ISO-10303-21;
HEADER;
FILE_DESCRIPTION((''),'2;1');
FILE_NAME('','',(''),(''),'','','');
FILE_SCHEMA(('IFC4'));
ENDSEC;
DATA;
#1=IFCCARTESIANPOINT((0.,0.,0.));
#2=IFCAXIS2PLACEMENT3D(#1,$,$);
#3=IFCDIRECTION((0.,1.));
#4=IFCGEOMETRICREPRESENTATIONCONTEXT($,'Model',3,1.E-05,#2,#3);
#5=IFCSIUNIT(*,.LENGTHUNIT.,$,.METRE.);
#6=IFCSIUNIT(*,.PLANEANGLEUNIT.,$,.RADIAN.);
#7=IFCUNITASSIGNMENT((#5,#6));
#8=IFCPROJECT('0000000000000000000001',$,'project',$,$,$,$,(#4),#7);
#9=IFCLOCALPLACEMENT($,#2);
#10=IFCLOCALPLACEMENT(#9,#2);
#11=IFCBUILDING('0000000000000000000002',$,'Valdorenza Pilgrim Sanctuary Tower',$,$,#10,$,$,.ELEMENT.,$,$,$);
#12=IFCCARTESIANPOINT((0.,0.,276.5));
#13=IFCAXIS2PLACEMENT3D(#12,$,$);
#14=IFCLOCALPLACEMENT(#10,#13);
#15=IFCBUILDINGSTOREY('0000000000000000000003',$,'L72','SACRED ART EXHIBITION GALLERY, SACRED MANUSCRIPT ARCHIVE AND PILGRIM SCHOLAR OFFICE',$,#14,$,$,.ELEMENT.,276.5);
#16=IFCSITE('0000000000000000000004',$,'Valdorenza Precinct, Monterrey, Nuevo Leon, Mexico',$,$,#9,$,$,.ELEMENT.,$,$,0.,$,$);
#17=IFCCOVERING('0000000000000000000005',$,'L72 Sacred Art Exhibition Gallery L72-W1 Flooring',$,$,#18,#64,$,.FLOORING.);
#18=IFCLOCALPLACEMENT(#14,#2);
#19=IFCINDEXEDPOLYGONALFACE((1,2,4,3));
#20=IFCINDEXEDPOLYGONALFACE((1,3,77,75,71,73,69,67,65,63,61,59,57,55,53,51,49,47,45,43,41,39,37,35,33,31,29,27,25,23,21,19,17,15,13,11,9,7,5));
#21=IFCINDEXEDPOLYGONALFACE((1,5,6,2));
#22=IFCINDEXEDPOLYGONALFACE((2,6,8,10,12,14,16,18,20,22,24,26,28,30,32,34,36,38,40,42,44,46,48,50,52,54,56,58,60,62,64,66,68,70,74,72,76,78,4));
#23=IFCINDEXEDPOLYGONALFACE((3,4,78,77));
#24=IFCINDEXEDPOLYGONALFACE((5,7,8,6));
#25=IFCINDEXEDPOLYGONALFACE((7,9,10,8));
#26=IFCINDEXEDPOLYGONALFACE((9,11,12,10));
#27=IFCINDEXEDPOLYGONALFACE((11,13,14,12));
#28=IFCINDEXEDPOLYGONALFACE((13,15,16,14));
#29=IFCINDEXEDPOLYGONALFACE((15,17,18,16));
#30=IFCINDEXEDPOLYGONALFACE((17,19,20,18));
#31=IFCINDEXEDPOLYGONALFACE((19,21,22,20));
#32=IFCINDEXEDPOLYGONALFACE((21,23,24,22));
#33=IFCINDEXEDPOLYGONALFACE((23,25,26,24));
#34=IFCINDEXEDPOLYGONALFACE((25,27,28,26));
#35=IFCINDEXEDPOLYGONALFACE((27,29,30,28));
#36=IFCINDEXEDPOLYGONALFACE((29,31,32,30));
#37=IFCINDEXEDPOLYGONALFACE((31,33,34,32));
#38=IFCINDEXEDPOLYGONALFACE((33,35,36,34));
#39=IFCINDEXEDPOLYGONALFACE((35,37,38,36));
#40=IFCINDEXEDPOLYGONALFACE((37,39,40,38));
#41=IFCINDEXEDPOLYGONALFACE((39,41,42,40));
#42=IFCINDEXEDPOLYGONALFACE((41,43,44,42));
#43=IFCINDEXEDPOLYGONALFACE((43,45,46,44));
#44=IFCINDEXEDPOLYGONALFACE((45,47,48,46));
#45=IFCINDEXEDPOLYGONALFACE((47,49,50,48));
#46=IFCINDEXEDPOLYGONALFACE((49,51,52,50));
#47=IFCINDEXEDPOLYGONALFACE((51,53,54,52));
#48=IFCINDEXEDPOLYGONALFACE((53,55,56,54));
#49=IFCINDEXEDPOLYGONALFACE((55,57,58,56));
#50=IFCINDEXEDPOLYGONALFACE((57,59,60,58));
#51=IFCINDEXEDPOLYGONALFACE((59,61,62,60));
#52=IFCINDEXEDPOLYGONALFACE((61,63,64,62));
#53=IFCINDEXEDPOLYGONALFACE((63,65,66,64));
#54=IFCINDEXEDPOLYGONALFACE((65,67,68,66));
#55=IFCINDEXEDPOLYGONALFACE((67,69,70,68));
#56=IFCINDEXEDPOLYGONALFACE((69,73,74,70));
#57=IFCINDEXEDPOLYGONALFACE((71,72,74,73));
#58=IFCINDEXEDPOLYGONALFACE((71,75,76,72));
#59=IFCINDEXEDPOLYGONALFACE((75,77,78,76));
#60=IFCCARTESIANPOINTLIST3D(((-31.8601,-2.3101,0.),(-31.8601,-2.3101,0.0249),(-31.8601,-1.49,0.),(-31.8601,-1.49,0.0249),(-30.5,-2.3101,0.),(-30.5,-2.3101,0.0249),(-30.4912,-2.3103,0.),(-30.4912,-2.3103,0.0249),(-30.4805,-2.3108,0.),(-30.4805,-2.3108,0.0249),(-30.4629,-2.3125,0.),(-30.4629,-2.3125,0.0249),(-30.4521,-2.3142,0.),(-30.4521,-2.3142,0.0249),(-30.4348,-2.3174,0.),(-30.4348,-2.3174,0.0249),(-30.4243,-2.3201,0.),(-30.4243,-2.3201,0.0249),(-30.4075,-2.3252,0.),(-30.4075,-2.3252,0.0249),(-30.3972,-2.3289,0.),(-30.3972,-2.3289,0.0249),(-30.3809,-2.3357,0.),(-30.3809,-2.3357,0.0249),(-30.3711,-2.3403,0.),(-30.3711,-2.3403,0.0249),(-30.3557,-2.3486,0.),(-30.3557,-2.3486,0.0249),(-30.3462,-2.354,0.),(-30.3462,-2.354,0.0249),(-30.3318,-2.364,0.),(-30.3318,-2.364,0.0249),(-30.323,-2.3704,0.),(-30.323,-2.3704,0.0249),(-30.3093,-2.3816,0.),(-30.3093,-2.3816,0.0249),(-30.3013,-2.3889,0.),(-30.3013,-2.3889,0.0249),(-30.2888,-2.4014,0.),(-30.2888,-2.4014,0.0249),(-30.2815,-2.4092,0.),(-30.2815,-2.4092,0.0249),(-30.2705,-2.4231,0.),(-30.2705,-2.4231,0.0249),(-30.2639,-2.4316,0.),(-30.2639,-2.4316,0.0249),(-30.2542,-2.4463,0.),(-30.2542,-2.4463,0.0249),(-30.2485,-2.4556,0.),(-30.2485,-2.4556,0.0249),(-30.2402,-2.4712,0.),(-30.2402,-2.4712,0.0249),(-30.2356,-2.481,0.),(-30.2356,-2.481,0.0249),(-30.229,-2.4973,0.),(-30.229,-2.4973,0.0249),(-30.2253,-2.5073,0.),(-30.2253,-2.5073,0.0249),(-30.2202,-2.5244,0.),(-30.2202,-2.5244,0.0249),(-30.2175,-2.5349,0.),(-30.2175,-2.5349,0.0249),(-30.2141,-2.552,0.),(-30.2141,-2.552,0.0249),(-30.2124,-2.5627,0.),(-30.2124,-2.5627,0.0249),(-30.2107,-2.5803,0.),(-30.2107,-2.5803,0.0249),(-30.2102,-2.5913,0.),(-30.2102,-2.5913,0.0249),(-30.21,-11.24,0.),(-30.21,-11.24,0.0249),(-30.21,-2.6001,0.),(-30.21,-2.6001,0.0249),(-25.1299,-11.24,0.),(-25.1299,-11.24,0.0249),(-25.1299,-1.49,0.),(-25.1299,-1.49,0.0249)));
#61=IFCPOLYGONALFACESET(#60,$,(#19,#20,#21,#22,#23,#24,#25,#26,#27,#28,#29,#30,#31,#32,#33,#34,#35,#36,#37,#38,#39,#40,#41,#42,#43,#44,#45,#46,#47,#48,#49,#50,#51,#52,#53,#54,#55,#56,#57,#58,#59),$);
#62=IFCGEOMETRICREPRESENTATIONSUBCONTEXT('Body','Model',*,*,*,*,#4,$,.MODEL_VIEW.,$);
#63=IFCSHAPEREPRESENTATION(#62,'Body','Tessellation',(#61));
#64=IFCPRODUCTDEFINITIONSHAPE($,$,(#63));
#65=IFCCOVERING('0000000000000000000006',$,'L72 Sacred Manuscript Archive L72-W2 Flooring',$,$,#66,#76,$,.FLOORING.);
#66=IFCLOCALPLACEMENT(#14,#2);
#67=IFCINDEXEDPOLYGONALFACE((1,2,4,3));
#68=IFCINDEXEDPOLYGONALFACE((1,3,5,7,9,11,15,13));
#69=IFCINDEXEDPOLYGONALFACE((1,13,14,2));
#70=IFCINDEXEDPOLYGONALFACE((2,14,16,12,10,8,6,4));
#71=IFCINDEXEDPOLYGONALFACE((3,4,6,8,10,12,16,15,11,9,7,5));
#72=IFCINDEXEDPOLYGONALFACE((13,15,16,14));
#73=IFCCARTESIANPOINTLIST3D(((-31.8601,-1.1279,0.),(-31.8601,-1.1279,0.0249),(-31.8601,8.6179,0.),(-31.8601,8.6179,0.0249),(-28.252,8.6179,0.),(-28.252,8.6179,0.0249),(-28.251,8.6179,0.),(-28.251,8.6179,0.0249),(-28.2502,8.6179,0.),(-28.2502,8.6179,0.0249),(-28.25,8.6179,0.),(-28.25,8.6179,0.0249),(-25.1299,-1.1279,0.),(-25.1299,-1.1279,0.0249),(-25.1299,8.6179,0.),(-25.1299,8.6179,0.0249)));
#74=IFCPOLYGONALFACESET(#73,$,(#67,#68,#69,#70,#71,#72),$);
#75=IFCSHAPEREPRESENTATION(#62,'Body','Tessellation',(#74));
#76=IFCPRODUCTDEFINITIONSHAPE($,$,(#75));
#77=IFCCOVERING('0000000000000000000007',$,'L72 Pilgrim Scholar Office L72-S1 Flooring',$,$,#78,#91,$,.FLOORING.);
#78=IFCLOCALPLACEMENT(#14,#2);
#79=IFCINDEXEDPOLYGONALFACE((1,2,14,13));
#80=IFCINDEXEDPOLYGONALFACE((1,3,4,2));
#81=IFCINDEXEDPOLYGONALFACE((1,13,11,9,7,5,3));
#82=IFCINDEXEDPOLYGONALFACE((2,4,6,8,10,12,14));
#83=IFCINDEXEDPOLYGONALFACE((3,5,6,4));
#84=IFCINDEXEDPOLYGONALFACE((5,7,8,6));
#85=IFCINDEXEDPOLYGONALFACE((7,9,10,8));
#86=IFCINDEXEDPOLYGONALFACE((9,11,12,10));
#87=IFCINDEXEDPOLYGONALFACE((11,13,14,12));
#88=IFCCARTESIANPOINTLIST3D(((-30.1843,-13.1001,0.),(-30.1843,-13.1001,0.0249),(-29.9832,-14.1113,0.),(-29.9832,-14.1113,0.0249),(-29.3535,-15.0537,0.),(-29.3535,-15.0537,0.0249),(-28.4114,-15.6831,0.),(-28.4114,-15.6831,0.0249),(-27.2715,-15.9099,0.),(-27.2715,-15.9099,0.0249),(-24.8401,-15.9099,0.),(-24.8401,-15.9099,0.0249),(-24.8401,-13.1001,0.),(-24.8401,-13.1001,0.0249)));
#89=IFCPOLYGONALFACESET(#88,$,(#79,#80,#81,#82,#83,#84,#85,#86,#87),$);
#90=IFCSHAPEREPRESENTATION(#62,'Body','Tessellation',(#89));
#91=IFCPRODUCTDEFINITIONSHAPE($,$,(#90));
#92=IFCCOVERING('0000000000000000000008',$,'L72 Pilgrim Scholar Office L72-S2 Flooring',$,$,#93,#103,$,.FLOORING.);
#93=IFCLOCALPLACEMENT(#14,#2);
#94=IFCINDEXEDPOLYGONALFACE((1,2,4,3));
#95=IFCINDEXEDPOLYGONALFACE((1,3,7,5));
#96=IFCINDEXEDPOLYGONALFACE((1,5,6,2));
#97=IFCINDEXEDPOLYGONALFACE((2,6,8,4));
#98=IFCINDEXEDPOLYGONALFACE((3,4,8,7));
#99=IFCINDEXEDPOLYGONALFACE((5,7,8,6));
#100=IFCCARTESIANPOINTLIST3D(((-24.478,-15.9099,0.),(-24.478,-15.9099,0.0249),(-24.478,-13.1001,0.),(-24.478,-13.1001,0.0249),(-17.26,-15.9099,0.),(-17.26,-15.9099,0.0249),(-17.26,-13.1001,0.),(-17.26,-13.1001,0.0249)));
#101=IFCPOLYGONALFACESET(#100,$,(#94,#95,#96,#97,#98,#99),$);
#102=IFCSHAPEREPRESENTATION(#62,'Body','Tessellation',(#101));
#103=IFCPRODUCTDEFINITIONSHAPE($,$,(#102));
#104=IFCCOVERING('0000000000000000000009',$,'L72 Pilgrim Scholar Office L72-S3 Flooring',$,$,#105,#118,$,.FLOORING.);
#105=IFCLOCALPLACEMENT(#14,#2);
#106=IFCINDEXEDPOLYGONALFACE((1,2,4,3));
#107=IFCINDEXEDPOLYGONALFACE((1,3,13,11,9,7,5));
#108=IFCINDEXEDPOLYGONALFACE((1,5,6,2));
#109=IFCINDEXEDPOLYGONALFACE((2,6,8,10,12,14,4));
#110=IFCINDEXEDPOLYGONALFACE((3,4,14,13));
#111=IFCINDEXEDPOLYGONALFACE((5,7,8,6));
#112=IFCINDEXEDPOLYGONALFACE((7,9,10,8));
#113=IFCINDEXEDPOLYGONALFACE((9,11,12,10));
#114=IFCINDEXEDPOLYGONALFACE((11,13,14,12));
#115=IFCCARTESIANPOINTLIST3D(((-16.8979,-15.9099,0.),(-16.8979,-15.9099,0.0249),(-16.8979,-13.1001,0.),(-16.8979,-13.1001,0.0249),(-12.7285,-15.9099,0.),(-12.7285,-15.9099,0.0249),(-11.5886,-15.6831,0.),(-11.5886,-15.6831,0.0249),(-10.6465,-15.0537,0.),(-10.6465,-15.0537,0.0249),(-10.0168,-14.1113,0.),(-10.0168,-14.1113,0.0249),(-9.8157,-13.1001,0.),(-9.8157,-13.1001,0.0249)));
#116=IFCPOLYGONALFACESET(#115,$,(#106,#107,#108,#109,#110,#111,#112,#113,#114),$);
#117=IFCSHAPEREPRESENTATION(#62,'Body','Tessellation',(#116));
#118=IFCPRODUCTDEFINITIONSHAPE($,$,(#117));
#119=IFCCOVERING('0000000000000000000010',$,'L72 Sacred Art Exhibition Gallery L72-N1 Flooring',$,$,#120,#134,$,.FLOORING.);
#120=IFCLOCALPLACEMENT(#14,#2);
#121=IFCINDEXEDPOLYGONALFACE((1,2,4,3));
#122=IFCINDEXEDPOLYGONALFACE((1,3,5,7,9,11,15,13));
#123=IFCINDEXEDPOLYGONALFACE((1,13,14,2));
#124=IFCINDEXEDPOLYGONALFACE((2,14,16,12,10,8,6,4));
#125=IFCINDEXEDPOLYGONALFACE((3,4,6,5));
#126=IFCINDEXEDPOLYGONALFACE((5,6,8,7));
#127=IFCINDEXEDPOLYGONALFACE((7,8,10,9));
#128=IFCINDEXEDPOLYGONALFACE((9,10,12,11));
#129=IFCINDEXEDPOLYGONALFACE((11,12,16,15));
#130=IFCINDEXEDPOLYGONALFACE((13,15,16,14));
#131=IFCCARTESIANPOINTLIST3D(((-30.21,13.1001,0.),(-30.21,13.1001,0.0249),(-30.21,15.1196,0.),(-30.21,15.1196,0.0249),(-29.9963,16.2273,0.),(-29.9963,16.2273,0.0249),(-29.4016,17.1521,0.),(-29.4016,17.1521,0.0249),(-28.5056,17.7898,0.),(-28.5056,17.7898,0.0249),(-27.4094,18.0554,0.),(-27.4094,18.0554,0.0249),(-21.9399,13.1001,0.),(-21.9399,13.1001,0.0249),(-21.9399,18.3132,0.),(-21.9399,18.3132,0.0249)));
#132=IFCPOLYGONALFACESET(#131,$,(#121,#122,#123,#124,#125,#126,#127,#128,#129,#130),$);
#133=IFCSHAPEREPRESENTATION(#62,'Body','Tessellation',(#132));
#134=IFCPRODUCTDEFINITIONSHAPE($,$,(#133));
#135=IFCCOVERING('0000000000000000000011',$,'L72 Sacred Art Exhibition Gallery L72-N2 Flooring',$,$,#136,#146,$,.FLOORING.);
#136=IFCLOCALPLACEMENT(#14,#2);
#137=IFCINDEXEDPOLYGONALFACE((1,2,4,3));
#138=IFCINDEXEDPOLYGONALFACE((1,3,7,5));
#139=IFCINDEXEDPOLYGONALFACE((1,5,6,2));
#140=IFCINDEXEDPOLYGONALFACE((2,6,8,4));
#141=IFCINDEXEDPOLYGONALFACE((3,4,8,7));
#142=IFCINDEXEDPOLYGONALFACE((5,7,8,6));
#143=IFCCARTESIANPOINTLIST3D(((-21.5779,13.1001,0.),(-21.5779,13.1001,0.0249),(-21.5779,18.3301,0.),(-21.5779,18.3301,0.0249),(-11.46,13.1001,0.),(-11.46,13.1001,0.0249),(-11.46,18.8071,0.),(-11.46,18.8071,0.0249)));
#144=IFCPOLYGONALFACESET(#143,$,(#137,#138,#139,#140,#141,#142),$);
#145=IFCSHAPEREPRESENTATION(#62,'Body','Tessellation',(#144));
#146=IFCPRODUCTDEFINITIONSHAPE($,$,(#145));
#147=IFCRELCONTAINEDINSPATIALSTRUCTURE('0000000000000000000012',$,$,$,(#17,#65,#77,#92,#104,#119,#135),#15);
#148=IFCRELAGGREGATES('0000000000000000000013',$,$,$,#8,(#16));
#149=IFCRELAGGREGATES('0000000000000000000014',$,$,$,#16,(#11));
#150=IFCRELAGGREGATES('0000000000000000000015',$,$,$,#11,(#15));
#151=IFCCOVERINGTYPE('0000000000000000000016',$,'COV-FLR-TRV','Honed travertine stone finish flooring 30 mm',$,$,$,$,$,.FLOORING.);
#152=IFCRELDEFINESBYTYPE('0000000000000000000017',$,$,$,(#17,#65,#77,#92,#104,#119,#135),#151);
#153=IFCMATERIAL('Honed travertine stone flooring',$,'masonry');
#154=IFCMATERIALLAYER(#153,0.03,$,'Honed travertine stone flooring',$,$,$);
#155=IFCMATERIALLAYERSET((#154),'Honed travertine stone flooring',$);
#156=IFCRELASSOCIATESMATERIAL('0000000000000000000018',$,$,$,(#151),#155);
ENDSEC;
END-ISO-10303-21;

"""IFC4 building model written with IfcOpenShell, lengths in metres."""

from ifc_helpers import new_model, si_unit, direction, frame, origin, place, context, subcontext, project, spatial, polyline, outline, extrude, material, layer, layer_set, type_object, element, save


model = new_model("IFC4")

# Units and contexts
model_context = context("Model", 3, precision=1e-05, world=origin(), true_north=direction((0.0, 1.0)))
body_context = subcontext(model_context, "Body", "Model", "MODEL_VIEW")
ifc_project = project(units=[si_unit("LENGTHUNIT", "METRE"), si_unit("PLANEANGLEUNIT", "RADIAN")], contexts=[model_context])

# Site, building, storey
site_placement = place(None, origin())
site = spatial("IfcSite", under=ifc_project, at=site_placement, Name="Valdorenza Precinct, Monterrey, Nuevo Leon, Mexico", CompositionType="ELEMENT", RefElevation=0.0)
building_placement = place(site_placement, origin())
building = spatial("IfcBuilding", under=site, at=building_placement, Name="Valdorenza Pilgrim Sanctuary Tower", CompositionType="ELEMENT")
storey_placement = place(building_placement, frame((0.0, 0.0, 276.5)))
storey = spatial("IfcBuildingStorey", under=building, at=storey_placement, Name="L72", Description="SACRED ART EXHIBITION GALLERY, SACRED MANUSCRIPT ARCHIVE AND PILGRIM SCHOLAR OFFICE", CompositionType="ELEMENT", Elevation=276.5)

# Coverings
ifc_material_1 = material(Name="Honed travertine stone flooring", Category="masonry")
ifc_layer_1 = layer(ifc_material_1, 0.03, Name="Honed travertine stone flooring")
ifc_layer_set_1 = layer_set([ifc_layer_1], Name="Honed travertine stone flooring")
covering_type_1 = type_object("IfcCoveringType", Name="COV-FLR-TRV", Description="Honed travertine stone finish flooring 30 mm", PredefinedType="FLOORING", material=ifc_layer_set_1)
covering_1_placement = place(storey_placement, origin())
element("IfcCovering", 1, at=covering_1_placement, inside=storey, type_object=covering_type_1, Name="L72 Sacred Art Exhibition Gallery L72-W1 Flooring", PredefinedType="FLOORING", context=body_context, shape_type="SweptSolid", body=[
    extrude(outline(polyline([(-25.1299, -11.24), (-30.21, -11.24), (-30.21, -2.6001), (-30.2102, -2.5913), (-30.2107, -2.5803), (-30.2124, -2.5627), (-30.2141, -2.552), (-30.2175, -2.5349), (-30.2202, -2.5244), (-30.2253, -2.5073), (-30.229, -2.4973), (-30.2356, -2.481), (-30.2402, -2.4712), (-30.2485, -2.4556), (-30.2542, -2.4463), (-30.2639, -2.4316), (-30.2705, -2.4231), (-30.2815, -2.4092), (-30.2888, -2.4014), (-30.3013, -2.3889), (-30.3093, -2.3816), (-30.323, -2.3704), (-30.3318, -2.364), (-30.3462, -2.354), (-30.3557, -2.3486), (-30.3711, -2.3403), (-30.3809, -2.3357), (-30.3972, -2.3289), (-30.4075, -2.3252), (-30.4243, -2.3201), (-30.4348, -2.3174), (-30.4521, -2.3142), (-30.4629, -2.3125), (-30.4805, -2.3108), (-30.4912, -2.3103), (-30.5, -2.3101), (-31.8601, -2.3101), (-31.8601, -1.49), (-25.1299, -1.49), (-25.1299, -11.24)])), origin(), (0.0, 0.0, 1.0), 0.0249),
])
covering_2_placement = place(storey_placement, origin())
element("IfcCovering", 2, at=covering_2_placement, inside=storey, type_object=covering_type_1, Name="L72 Sacred Manuscript Archive L72-W2 Flooring", PredefinedType="FLOORING", context=body_context, shape_type="SweptSolid", body=[
    extrude(outline(polyline([(-28.2502, 8.6179), (-28.25, 8.6179), (-25.1299, 8.6179), (-25.1299, -1.1279), (-31.8601, -1.1279), (-31.8601, 8.6179), (-28.252, 8.6179), (-28.251, 8.6179), (-28.2502, 8.6179)])), origin(), (0.0, 0.0, 1.0), 0.0249),
])
covering_3_placement = place(storey_placement, origin())
element("IfcCovering", 3, at=covering_3_placement, inside=storey, type_object=covering_type_1, Name="L72 Pilgrim Scholar Office L72-S1 Flooring", PredefinedType="FLOORING", context=body_context, shape_type="SweptSolid", body=[
    extrude(outline(polyline([(-30.1843, -13.1001), (-24.8401, -13.1001), (-24.8401, -15.9099), (-27.2715, -15.9099), (-28.4114, -15.6831), (-29.3535, -15.0537), (-29.9832, -14.1113), (-30.1843, -13.1001)])), origin(), (0.0, 0.0, 1.0), 0.0249),
])
covering_4_placement = place(storey_placement, origin())
element("IfcCovering", 4, at=covering_4_placement, inside=storey, type_object=covering_type_1, Name="L72 Pilgrim Scholar Office L72-S2 Flooring", PredefinedType="FLOORING", context=body_context, shape_type="SweptSolid", body=[
    extrude(outline(polyline([(-17.26, -13.1001), (-17.26, -15.9099), (-24.478, -15.9099), (-24.478, -13.1001), (-17.26, -13.1001)])), origin(), (0.0, 0.0, 1.0), 0.0249),
])
covering_5_placement = place(storey_placement, origin())
element("IfcCovering", 5, at=covering_5_placement, inside=storey, type_object=covering_type_1, Name="L72 Pilgrim Scholar Office L72-S3 Flooring", PredefinedType="FLOORING", context=body_context, shape_type="SweptSolid", body=[
    extrude(outline(polyline([(-9.8157, -13.1001), (-10.0168, -14.1113), (-10.6465, -15.0537), (-11.5886, -15.6831), (-12.7285, -15.9099), (-16.8979, -15.9099), (-16.8979, -13.1001), (-9.8157, -13.1001)])), origin(), (0.0, 0.0, 1.0), 0.0249),
])
covering_6_placement = place(storey_placement, origin())
element("IfcCovering", 6, at=covering_6_placement, inside=storey, type_object=covering_type_1, Name="L72 Sacred Art Exhibition Gallery L72-N1 Flooring", PredefinedType="FLOORING", context=body_context, shape_type="SweptSolid", body=[
    extrude(outline(polyline([(-30.21, 13.1001), (-30.21, 15.1196), (-29.9963, 16.2273), (-29.4016, 17.1521), (-28.5056, 17.7898), (-27.4094, 18.0554), (-21.9399, 18.3132), (-21.9399, 13.1001), (-30.21, 13.1001)])), origin(), (0.0, 0.0, 1.0), 0.0249),
])
covering_7_placement = place(storey_placement, origin())
element("IfcCovering", 7, at=covering_7_placement, inside=storey, type_object=covering_type_1, Name="L72 Sacred Art Exhibition Gallery L72-N2 Flooring", PredefinedType="FLOORING", context=body_context, shape_type="SweptSolid", body=[
    extrude(outline(polyline([(-21.5779, 13.1001), (-21.5779, 18.3301), (-11.46, 18.8071), (-11.46, 13.1001), (-21.5779, 13.1001)])), origin(), (0.0, 0.0, 1.0), 0.0249),
])

save(model, "model.ifc")
